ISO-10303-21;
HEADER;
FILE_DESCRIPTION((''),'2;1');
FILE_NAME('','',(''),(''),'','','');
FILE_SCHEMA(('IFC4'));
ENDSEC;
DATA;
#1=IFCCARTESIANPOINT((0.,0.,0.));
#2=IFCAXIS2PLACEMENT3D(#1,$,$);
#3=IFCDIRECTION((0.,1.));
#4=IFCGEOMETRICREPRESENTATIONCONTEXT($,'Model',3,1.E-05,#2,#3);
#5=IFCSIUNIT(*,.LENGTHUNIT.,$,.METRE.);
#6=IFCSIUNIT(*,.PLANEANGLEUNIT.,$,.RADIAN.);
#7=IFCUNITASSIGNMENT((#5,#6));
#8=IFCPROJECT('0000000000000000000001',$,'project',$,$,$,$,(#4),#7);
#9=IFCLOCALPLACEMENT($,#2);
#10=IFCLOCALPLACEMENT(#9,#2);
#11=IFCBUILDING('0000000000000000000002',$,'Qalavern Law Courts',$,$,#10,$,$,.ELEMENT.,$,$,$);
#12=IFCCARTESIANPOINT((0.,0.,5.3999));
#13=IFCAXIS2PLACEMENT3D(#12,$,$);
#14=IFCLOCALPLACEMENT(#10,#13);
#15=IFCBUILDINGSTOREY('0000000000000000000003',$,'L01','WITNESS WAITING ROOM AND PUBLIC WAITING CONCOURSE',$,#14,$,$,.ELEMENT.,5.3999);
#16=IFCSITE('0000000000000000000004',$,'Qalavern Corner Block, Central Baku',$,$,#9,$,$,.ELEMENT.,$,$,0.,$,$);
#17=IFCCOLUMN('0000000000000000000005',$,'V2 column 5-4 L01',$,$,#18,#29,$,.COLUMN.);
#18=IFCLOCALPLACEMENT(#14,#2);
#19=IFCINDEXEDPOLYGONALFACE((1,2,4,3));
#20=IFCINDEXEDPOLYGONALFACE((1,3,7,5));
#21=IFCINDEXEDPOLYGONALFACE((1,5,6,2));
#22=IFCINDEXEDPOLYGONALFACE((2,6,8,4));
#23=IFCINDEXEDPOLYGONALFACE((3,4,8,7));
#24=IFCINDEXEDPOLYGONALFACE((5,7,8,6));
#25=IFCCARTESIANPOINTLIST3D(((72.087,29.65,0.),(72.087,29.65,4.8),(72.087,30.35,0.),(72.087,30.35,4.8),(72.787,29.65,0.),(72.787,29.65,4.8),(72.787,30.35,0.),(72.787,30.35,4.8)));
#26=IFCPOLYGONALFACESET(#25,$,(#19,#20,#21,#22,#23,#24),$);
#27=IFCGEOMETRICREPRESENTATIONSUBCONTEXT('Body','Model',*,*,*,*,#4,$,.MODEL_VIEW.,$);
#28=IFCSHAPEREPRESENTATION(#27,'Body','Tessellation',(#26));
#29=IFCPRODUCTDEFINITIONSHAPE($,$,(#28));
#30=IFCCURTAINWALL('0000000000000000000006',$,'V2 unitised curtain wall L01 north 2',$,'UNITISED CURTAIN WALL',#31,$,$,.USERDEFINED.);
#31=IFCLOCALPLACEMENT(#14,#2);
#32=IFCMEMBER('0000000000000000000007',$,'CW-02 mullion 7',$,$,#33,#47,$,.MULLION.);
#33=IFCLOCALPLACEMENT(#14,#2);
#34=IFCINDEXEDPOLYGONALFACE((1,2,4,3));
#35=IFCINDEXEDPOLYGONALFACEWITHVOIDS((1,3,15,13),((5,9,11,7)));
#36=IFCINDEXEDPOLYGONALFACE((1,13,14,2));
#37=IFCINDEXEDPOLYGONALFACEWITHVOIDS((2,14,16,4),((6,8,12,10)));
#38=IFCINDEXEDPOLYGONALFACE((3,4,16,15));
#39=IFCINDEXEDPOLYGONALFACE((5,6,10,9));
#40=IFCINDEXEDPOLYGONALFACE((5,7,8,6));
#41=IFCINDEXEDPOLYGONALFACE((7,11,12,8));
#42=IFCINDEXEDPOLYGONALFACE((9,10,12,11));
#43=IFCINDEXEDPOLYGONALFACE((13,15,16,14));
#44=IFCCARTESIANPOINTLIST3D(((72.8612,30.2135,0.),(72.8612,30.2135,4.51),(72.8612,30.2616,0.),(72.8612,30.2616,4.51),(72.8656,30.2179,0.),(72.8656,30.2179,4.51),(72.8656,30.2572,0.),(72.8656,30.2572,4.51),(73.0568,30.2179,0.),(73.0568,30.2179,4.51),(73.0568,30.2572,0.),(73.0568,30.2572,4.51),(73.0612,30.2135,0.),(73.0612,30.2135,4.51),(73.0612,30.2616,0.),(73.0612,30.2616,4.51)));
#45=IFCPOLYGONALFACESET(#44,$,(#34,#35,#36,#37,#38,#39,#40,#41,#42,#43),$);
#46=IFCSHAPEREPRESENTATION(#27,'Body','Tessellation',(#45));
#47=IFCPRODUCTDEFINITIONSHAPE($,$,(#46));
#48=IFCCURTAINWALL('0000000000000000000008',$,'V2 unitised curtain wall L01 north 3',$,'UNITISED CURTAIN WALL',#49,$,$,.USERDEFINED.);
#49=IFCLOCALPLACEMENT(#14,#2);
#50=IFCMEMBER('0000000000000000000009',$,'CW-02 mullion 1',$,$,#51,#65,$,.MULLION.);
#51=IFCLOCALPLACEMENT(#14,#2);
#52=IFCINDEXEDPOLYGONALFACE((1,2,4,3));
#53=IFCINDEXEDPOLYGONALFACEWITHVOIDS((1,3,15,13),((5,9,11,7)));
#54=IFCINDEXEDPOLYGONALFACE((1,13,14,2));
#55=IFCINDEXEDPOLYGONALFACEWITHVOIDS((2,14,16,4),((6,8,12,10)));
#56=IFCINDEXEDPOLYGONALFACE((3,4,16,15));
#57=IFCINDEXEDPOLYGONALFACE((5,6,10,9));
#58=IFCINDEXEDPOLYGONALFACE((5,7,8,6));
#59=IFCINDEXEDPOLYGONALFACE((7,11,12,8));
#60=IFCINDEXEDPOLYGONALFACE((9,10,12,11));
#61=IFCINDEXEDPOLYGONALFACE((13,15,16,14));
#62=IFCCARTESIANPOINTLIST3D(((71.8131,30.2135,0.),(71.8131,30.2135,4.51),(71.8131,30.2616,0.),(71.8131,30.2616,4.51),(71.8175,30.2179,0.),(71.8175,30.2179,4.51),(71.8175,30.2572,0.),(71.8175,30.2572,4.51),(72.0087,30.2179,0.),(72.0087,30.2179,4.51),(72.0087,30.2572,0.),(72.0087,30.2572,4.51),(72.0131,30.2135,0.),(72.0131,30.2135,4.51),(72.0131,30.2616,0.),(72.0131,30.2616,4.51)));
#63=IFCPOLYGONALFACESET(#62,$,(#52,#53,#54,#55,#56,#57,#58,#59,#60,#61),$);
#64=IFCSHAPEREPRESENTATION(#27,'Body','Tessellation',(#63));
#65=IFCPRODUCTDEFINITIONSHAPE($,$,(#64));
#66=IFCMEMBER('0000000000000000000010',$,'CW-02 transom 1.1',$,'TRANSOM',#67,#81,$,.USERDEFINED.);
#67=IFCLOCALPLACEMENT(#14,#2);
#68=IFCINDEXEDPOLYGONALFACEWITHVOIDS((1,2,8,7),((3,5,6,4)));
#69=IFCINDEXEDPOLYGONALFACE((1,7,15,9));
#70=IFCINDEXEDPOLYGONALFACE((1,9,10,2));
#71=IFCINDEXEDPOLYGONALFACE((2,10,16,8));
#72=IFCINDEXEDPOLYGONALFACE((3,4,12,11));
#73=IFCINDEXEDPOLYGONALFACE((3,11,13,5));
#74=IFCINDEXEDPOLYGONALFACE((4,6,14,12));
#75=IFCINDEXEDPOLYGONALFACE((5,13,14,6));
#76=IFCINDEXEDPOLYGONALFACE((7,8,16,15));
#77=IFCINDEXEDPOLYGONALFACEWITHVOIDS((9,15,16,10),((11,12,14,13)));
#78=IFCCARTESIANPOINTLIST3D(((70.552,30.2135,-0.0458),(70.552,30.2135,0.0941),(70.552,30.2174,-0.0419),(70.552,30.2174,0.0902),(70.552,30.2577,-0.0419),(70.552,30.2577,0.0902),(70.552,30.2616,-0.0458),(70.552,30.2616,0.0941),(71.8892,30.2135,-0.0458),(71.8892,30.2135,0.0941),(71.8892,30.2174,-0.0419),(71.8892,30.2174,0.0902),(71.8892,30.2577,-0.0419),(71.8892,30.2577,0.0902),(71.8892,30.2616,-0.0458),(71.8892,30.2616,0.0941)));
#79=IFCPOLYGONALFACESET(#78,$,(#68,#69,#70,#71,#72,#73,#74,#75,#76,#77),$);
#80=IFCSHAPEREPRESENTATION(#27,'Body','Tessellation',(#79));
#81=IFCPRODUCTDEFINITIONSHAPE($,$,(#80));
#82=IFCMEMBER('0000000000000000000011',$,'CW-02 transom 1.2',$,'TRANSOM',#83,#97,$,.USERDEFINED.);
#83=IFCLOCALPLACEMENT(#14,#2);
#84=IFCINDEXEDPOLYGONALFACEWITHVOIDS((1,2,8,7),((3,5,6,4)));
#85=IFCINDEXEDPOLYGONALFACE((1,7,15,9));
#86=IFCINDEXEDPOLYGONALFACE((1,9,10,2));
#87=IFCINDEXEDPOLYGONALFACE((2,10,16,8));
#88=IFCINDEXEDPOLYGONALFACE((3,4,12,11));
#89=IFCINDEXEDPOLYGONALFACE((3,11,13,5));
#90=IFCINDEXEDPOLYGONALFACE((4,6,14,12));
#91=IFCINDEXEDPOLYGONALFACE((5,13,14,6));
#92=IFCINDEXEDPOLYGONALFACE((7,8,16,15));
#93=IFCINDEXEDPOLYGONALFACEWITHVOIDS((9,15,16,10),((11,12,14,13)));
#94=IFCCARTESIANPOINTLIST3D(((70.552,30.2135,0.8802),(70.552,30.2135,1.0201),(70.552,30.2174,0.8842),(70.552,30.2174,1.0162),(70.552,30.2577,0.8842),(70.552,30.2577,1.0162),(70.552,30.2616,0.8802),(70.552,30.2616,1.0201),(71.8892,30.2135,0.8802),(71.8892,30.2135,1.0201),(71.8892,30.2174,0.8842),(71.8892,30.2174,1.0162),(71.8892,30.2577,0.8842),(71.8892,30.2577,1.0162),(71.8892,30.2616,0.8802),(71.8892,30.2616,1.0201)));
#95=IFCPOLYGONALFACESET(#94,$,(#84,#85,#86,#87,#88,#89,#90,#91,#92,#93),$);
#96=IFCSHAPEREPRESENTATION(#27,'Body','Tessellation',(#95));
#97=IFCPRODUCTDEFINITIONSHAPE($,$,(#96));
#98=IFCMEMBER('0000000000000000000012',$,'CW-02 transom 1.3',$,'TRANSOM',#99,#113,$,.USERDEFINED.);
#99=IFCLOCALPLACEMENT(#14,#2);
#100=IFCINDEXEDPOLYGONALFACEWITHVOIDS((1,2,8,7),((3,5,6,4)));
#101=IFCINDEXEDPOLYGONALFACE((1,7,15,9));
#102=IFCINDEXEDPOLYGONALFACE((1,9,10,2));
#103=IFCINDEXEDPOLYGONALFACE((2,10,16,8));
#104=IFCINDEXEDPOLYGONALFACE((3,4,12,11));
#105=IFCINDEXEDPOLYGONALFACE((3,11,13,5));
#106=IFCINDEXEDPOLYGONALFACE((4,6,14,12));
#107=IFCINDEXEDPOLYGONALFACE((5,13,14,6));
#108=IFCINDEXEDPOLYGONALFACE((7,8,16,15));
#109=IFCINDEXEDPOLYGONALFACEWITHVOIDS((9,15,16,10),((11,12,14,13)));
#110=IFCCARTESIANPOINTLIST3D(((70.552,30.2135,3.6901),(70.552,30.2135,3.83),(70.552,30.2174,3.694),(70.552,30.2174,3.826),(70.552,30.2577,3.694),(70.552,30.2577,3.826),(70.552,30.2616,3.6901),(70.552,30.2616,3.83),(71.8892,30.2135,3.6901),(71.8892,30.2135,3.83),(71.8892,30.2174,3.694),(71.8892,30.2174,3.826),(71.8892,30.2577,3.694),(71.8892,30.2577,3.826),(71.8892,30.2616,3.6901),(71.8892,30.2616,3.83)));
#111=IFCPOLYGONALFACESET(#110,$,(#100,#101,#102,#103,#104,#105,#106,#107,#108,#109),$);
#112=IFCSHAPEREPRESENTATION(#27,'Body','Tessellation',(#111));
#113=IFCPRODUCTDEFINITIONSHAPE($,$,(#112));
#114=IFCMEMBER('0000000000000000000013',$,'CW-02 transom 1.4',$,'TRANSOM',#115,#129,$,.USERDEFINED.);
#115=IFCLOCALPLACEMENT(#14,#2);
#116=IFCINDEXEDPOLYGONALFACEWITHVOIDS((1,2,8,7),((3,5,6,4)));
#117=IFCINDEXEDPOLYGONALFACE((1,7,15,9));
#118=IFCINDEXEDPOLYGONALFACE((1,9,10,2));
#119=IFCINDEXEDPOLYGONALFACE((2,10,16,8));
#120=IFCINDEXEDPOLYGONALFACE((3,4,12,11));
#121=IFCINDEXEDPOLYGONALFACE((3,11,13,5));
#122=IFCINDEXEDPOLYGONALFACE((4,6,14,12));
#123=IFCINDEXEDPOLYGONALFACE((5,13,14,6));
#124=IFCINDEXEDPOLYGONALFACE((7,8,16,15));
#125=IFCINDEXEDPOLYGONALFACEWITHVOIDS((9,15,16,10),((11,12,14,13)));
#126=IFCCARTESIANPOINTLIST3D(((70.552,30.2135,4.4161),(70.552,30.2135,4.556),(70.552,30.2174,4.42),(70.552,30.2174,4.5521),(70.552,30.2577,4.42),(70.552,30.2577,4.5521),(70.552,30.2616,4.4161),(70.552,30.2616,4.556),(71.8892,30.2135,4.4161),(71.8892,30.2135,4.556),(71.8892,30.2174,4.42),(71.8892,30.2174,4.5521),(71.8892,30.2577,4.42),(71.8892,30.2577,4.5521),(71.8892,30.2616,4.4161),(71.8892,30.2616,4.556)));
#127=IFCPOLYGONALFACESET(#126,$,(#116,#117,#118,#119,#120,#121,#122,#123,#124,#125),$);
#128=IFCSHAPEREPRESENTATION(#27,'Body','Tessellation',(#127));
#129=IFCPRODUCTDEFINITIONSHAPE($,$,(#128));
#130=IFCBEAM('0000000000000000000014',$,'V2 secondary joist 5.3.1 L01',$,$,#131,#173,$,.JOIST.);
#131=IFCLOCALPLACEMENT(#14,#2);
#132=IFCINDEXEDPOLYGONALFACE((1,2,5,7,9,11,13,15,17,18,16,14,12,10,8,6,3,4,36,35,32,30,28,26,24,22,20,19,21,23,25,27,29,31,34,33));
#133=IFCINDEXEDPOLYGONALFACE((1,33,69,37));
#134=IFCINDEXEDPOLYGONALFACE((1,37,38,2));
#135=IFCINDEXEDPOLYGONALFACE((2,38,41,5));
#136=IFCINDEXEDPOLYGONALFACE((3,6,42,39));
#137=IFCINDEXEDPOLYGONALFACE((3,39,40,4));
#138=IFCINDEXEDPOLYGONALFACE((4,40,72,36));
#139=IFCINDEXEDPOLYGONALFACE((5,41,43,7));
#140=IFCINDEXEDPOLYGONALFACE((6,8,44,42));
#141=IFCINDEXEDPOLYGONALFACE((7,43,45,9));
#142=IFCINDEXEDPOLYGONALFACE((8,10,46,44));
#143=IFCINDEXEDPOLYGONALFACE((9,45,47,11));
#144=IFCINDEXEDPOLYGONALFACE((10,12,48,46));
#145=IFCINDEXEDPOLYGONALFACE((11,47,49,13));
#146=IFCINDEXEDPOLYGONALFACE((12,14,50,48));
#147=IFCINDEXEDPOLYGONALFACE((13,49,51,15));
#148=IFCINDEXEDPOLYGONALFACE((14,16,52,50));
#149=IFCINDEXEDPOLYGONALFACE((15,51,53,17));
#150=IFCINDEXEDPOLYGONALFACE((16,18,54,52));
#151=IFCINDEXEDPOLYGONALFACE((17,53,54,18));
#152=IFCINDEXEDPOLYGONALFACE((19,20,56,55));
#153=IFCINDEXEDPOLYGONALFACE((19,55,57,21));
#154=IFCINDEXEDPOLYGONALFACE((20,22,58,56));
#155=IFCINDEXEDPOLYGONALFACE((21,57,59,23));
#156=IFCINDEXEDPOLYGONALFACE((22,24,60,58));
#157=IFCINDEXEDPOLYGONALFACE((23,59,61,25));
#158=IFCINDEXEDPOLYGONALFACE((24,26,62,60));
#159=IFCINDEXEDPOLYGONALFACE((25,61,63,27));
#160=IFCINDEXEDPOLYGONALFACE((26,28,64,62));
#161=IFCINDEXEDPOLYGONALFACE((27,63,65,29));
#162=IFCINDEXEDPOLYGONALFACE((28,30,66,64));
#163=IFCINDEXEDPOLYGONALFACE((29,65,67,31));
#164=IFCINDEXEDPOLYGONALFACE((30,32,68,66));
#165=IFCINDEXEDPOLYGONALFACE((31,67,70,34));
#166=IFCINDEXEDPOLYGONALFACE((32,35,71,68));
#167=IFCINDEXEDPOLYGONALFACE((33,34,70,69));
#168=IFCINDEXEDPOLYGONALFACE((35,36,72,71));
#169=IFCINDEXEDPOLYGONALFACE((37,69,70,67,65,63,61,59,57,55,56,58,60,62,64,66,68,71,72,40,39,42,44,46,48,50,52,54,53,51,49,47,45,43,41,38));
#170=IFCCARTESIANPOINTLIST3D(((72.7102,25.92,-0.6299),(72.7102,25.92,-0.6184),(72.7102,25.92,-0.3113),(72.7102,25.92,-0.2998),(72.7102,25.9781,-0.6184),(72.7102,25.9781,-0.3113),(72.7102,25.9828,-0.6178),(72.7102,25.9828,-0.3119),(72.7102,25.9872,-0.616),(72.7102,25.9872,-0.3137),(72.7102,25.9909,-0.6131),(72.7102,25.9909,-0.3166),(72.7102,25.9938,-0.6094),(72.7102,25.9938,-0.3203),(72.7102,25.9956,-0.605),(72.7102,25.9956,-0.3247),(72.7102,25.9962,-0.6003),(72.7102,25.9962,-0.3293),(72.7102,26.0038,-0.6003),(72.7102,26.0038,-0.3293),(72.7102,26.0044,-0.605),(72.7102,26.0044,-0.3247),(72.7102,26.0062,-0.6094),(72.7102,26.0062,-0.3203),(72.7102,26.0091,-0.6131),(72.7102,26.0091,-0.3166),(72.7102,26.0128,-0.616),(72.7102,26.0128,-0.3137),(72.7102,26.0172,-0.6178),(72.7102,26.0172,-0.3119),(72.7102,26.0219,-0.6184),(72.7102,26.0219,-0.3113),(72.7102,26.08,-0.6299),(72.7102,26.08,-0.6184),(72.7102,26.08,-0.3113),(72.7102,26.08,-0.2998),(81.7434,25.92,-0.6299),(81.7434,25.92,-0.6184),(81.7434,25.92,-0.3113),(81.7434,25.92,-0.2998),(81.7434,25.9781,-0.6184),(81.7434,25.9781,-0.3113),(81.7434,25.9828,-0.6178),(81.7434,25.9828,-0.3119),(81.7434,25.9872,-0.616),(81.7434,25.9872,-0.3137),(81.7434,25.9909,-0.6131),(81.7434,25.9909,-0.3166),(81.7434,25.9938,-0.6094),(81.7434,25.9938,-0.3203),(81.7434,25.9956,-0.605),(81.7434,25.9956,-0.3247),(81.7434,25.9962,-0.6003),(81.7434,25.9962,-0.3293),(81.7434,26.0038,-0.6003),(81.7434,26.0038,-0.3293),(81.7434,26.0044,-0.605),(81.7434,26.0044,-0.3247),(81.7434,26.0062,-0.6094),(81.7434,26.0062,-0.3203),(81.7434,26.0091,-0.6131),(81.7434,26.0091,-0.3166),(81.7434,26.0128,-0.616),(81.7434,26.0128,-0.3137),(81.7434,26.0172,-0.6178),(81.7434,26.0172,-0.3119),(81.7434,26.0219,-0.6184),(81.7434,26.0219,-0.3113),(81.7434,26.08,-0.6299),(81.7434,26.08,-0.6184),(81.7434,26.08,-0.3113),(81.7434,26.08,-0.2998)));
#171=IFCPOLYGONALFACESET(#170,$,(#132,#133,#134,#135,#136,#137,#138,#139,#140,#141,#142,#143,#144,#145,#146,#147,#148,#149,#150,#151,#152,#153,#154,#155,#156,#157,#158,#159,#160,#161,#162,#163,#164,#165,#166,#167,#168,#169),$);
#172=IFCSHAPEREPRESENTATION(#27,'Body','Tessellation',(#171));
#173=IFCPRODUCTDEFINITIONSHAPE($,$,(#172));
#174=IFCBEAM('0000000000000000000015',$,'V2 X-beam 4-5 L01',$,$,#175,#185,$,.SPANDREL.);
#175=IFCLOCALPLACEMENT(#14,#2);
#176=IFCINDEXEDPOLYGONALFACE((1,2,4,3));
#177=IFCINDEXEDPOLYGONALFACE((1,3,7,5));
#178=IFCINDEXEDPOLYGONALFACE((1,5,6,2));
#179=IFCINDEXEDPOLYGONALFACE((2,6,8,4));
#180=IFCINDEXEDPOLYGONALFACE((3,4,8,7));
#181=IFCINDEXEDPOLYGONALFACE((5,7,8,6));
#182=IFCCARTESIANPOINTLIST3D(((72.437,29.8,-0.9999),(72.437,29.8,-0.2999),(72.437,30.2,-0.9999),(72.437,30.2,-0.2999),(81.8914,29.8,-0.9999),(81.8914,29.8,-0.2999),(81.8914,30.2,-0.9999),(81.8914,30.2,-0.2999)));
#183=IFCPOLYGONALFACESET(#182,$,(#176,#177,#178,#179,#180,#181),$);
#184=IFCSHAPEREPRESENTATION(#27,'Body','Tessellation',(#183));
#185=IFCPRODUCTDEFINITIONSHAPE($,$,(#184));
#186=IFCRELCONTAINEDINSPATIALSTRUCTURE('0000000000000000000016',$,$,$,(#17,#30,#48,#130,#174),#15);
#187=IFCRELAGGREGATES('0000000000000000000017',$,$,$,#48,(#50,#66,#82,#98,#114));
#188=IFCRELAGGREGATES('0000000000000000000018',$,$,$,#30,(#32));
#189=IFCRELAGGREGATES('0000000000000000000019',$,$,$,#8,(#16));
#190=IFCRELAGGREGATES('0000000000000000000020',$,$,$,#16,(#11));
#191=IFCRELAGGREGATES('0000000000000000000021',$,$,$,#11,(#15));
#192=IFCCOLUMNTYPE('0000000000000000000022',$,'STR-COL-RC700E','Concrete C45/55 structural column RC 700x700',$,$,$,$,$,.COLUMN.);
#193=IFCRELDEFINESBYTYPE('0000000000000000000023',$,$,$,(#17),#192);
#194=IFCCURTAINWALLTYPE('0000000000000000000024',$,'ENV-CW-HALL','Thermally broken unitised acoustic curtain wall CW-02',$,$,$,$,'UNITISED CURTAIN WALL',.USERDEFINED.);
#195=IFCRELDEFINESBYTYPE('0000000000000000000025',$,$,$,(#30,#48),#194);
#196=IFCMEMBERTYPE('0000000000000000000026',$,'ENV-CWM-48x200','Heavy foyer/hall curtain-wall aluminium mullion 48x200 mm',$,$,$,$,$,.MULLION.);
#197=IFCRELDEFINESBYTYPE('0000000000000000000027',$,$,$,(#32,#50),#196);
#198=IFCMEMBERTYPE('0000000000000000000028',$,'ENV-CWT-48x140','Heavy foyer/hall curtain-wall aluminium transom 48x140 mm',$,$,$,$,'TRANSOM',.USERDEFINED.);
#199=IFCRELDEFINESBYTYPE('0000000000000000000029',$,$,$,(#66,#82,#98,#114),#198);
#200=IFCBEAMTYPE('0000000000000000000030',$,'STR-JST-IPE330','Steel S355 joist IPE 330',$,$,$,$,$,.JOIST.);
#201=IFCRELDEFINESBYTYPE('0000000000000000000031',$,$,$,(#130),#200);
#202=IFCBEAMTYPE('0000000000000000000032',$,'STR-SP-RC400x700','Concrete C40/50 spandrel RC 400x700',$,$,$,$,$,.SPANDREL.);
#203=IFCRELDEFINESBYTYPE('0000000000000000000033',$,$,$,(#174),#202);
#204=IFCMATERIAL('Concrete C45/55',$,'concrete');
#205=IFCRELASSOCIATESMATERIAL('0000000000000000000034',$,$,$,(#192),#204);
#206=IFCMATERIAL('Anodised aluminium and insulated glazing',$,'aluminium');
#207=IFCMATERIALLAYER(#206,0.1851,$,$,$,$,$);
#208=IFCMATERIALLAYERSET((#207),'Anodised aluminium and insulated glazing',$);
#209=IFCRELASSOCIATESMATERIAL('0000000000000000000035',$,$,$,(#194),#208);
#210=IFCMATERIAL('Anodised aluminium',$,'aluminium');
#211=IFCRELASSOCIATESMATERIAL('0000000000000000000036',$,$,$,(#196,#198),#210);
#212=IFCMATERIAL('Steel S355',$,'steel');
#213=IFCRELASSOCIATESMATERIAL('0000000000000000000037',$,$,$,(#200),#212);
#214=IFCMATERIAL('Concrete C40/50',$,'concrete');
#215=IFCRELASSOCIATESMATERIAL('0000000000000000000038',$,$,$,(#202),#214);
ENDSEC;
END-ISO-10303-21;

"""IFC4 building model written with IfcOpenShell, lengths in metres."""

from ifc_helpers import new_model, si_unit, direction, frame, origin, origin_2d, place, context, subcontext, project, spatial, rectangle, hollow_rectangle, i_section, extrude, material, layer, layer_set, material_profile, profile_set, type_object, element, aggregate, save


model = new_model("IFC4")

# Units and contexts
model_context = context("Model", 3, precision=1e-05, world=origin(), true_north=direction((0.0, 1.0)))
body_context = subcontext(model_context, "Body", "Model", "MODEL_VIEW")
ifc_project = project(units=[si_unit("LENGTHUNIT", "METRE"), si_unit("PLANEANGLEUNIT", "RADIAN")], contexts=[model_context])

# Site, building, storey
site_placement = place(None, origin())
site = spatial("IfcSite", under=ifc_project, at=site_placement, Name="Qalavern Corner Block, Central Baku", CompositionType="ELEMENT", RefElevation=0.0)
building_placement = place(site_placement, origin())
building = spatial("IfcBuilding", under=site, at=building_placement, Name="Qalavern Law Courts", CompositionType="ELEMENT")
storey_placement = place(building_placement, frame((0.0, 0.0, 5.3999)))
storey = spatial("IfcBuildingStorey", under=building, at=storey_placement, Name="L01", Description="WITNESS WAITING ROOM AND PUBLIC WAITING CONCOURSE", CompositionType="ELEMENT", Elevation=5.3999)

# Column
ifc_material_1 = material(Name="Concrete C45/55", Category="concrete")
ifc_material_profile_1 = material_profile(ifc_material_1, rectangle(XDim=0.7, YDim=0.7, at=origin_2d()), Name="RC 700x700")
ifc_profile_set_1 = profile_set([ifc_material_profile_1], Name="Concrete C45/55")
column_type = type_object("IfcColumnType", Name="STR-COL-RC700E", Description="Concrete C45/55 structural column RC 700x700", PredefinedType="COLUMN", material=ifc_profile_set_1)
column_placement = place(storey_placement, frame((72.437, 30.0, 0.0), z_axis=(0.0, 0.0, 1.0), x_axis=(1.0, 0.0, 0.0)))
element("IfcColumn", 1, at=column_placement, inside=storey, type_object=column_type, Name="V2 column 5-4 L01", PredefinedType="COLUMN", context=body_context, shape_type="SweptSolid", body=[
    extrude(rectangle(XDim=0.7, YDim=0.7, at=origin_2d()), origin(), (0.0, 0.0, 1.0), 4.8),
])

# Curtain wall, member
ifc_material_2 = material(Name="Anodised aluminium and insulated glazing", Category="aluminium")
ifc_layer_1 = layer(ifc_material_2, 0.1851)
ifc_layer_set_1 = layer_set([ifc_layer_1], Name="Anodised aluminium and insulated glazing")
curtain_wall_type = type_object("IfcCurtainWallType", Name="ENV-CW-HALL", Description="Thermally broken unitised acoustic curtain wall CW-02", ElementType="UNITISED CURTAIN WALL", PredefinedType="USERDEFINED", material=ifc_layer_set_1)
curtain_wall_1_placement = place(storey_placement, origin())
curtain_wall_1 = element("IfcCurtainWall", 2, at=curtain_wall_1_placement, inside=storey, type_object=curtain_wall_type, Name="V2 unitised curtain wall L01 north 2", ObjectType="UNITISED CURTAIN WALL", PredefinedType="USERDEFINED")
ifc_material_3 = material(Name="Anodised aluminium", Category="aluminium")
ifc_material_profile_2 = material_profile(ifc_material_3, hollow_rectangle(XDim=0.0481, YDim=0.2, WallThickness=0.0044, at=origin_2d()), Name="ALU MULLION 48x200")
ifc_profile_set_2 = profile_set([ifc_material_profile_2], Name="Anodised aluminium")
member_type_1 = type_object("IfcMemberType", Name="ENV-CWM-48x200", Description="Heavy foyer/hall curtain-wall aluminium mullion 48x200 mm", PredefinedType="MULLION", material=ifc_profile_set_2)
member_1_placement = place(storey_placement, frame((72.9612, 30.2375, 0.0), z_axis=(0.0, 0.0, 1.0), x_axis=(0.0, -1.0, 0.0)))
member_1 = element("IfcMember", 3, at=member_1_placement, type_object=member_type_1, Name="CW-02 mullion 7", PredefinedType="MULLION", context=body_context, shape_type="SweptSolid", body=[
    extrude(hollow_rectangle(XDim=0.0481, YDim=0.2, WallThickness=0.0044, at=origin_2d()), origin(), (0.0, 0.0, 1.0), 4.51),
])

# Curtain wall, members
curtain_wall_2_placement = place(storey_placement, origin())
curtain_wall_2 = element("IfcCurtainWall", 4, at=curtain_wall_2_placement, inside=storey, type_object=curtain_wall_type, Name="V2 unitised curtain wall L01 north 3", ObjectType="UNITISED CURTAIN WALL", PredefinedType="USERDEFINED")
member_2_placement = place(storey_placement, frame((71.9131, 30.2375, 0.0), z_axis=(0.0, 0.0, 1.0), x_axis=(0.0, -1.0, 0.0)))
member_2 = element("IfcMember", 5, at=member_2_placement, type_object=member_type_1, Name="CW-02 mullion 1", PredefinedType="MULLION", context=body_context, shape_type="SweptSolid", body=[
    extrude(hollow_rectangle(XDim=0.0481, YDim=0.2, WallThickness=0.0044, at=origin_2d()), origin(), (0.0, 0.0, 1.0), 4.51),
])
ifc_material_profile_3 = material_profile(ifc_material_3, hollow_rectangle(XDim=0.0481, YDim=0.1399, WallThickness=0.0039, at=origin_2d()), Name="ALU TRANSOM 48x140")
ifc_profile_set_3 = profile_set([ifc_material_profile_3], Name="Anodised aluminium")
member_type_2 = type_object("IfcMemberType", Name="ENV-CWT-48x140", Description="Heavy foyer/hall curtain-wall aluminium transom 48x140 mm", ElementType="TRANSOM", PredefinedType="USERDEFINED", material=ifc_profile_set_3)
member_3_placement = place(storey_placement, frame((71.8892, 30.2375, 0.0242), z_axis=(-1.0, 0.0, 0.0), x_axis=(0.0, -1.0, 0.0)))
member_3 = element("IfcMember", 6, at=member_3_placement, type_object=member_type_2, Name="CW-02 transom 1.1", ObjectType="TRANSOM", PredefinedType="USERDEFINED", context=body_context, shape_type="SweptSolid", body=[
    extrude(hollow_rectangle(XDim=0.0481, YDim=0.1399, WallThickness=0.0039, at=origin_2d()), origin(), (0.0, 0.0, 1.0), 1.3372),
])
member_4_placement = place(storey_placement, frame((71.8892, 30.2375, 0.9502), z_axis=(-1.0, 0.0, 0.0), x_axis=(0.0, -1.0, 0.0)))
member_4 = element("IfcMember", 7, at=member_4_placement, type_object=member_type_2, Name="CW-02 transom 1.2", ObjectType="TRANSOM", PredefinedType="USERDEFINED", context=body_context, shape_type="SweptSolid", body=[
    extrude(hollow_rectangle(XDim=0.0481, YDim=0.1399, WallThickness=0.0039, at=origin_2d()), origin(), (0.0, 0.0, 1.0), 1.3372),
])
member_5_placement = place(storey_placement, frame((71.8892, 30.2375, 3.76), z_axis=(-1.0, 0.0, 0.0), x_axis=(0.0, -1.0, 0.0)))
member_5 = element("IfcMember", 8, at=member_5_placement, type_object=member_type_2, Name="CW-02 transom 1.3", ObjectType="TRANSOM", PredefinedType="USERDEFINED", context=body_context, shape_type="SweptSolid", body=[
    extrude(hollow_rectangle(XDim=0.0481, YDim=0.1399, WallThickness=0.0039, at=origin_2d()), origin(), (0.0, 0.0, 1.0), 1.3372),
])
member_6_placement = place(storey_placement, frame((71.8892, 30.2375, 4.4861), z_axis=(-1.0, 0.0, 0.0), x_axis=(0.0, -1.0, 0.0)))
member_6 = element("IfcMember", 9, at=member_6_placement, type_object=member_type_2, Name="CW-02 transom 1.4", ObjectType="TRANSOM", PredefinedType="USERDEFINED", context=body_context, shape_type="SweptSolid", body=[
    extrude(hollow_rectangle(XDim=0.0481, YDim=0.1399, WallThickness=0.0039, at=origin_2d()), origin(), (0.0, 0.0, 1.0), 1.3372),
])

# Beams
ifc_material_4 = material(Name="Steel S355", Category="steel")
ifc_material_profile_4 = material_profile(ifc_material_4, i_section(OverallWidth=0.1599, OverallDepth=0.3301, WebThickness=0.0076, FlangeThickness=0.0115, FilletRadius=0.0181, at=origin_2d()), Name="IPE 330")
ifc_profile_set_4 = profile_set([ifc_material_profile_4], Name="Steel S355")
beam_type_1 = type_object("IfcBeamType", Name="STR-JST-IPE330", Description="Steel S355 joist IPE 330", PredefinedType="JOIST", material=ifc_profile_set_4)
beam_1_placement = place(storey_placement, frame((72.7102, 26.0, -0.4648), z_axis=(1.0, 0.0, 0.0), x_axis=(0.0, 1.0, 0.0)))
element("IfcBeam", 10, at=beam_1_placement, inside=storey, type_object=beam_type_1, Name="V2 secondary joist 5.3.1 L01", PredefinedType="JOIST", context=body_context, shape_type="SweptSolid", body=[
    extrude(i_section(OverallWidth=0.1599, OverallDepth=0.3301, WebThickness=0.0076, FlangeThickness=0.0115, FilletRadius=0.0181, at=origin_2d()), origin(), (0.0, 0.0, 1.0), 9.0332),
])
ifc_material_5 = material(Name="Concrete C40/50", Category="concrete")
ifc_material_profile_5 = material_profile(ifc_material_5, rectangle(XDim=0.3999, YDim=0.7, at=origin_2d()), Name="RC 400x700")
ifc_profile_set_5 = profile_set([ifc_material_profile_5], Name="Concrete C40/50")
beam_type_2 = type_object("IfcBeamType", Name="STR-SP-RC400x700", Description="Concrete C40/50 spandrel RC 400x700", PredefinedType="SPANDREL", material=ifc_profile_set_5)
beam_2_placement = place(storey_placement, frame((72.437, 30.0, -0.6499), z_axis=(1.0, 0.0, 0.0), x_axis=(0.0, 1.0, 0.0)))
element("IfcBeam", 11, at=beam_2_placement, inside=storey, type_object=beam_type_2, Name="V2 X-beam 4-5 L01", PredefinedType="SPANDREL", context=body_context, shape_type="SweptSolid", body=[
    extrude(rectangle(XDim=0.3999, YDim=0.7, at=origin_2d()), origin(), (0.0, 0.0, 1.0), 9.4543),
])

aggregate(curtain_wall_2, [member_2, member_3, member_4, member_5, member_6])
aggregate(curtain_wall_1, [member_1])

save(model, "model.ifc")
